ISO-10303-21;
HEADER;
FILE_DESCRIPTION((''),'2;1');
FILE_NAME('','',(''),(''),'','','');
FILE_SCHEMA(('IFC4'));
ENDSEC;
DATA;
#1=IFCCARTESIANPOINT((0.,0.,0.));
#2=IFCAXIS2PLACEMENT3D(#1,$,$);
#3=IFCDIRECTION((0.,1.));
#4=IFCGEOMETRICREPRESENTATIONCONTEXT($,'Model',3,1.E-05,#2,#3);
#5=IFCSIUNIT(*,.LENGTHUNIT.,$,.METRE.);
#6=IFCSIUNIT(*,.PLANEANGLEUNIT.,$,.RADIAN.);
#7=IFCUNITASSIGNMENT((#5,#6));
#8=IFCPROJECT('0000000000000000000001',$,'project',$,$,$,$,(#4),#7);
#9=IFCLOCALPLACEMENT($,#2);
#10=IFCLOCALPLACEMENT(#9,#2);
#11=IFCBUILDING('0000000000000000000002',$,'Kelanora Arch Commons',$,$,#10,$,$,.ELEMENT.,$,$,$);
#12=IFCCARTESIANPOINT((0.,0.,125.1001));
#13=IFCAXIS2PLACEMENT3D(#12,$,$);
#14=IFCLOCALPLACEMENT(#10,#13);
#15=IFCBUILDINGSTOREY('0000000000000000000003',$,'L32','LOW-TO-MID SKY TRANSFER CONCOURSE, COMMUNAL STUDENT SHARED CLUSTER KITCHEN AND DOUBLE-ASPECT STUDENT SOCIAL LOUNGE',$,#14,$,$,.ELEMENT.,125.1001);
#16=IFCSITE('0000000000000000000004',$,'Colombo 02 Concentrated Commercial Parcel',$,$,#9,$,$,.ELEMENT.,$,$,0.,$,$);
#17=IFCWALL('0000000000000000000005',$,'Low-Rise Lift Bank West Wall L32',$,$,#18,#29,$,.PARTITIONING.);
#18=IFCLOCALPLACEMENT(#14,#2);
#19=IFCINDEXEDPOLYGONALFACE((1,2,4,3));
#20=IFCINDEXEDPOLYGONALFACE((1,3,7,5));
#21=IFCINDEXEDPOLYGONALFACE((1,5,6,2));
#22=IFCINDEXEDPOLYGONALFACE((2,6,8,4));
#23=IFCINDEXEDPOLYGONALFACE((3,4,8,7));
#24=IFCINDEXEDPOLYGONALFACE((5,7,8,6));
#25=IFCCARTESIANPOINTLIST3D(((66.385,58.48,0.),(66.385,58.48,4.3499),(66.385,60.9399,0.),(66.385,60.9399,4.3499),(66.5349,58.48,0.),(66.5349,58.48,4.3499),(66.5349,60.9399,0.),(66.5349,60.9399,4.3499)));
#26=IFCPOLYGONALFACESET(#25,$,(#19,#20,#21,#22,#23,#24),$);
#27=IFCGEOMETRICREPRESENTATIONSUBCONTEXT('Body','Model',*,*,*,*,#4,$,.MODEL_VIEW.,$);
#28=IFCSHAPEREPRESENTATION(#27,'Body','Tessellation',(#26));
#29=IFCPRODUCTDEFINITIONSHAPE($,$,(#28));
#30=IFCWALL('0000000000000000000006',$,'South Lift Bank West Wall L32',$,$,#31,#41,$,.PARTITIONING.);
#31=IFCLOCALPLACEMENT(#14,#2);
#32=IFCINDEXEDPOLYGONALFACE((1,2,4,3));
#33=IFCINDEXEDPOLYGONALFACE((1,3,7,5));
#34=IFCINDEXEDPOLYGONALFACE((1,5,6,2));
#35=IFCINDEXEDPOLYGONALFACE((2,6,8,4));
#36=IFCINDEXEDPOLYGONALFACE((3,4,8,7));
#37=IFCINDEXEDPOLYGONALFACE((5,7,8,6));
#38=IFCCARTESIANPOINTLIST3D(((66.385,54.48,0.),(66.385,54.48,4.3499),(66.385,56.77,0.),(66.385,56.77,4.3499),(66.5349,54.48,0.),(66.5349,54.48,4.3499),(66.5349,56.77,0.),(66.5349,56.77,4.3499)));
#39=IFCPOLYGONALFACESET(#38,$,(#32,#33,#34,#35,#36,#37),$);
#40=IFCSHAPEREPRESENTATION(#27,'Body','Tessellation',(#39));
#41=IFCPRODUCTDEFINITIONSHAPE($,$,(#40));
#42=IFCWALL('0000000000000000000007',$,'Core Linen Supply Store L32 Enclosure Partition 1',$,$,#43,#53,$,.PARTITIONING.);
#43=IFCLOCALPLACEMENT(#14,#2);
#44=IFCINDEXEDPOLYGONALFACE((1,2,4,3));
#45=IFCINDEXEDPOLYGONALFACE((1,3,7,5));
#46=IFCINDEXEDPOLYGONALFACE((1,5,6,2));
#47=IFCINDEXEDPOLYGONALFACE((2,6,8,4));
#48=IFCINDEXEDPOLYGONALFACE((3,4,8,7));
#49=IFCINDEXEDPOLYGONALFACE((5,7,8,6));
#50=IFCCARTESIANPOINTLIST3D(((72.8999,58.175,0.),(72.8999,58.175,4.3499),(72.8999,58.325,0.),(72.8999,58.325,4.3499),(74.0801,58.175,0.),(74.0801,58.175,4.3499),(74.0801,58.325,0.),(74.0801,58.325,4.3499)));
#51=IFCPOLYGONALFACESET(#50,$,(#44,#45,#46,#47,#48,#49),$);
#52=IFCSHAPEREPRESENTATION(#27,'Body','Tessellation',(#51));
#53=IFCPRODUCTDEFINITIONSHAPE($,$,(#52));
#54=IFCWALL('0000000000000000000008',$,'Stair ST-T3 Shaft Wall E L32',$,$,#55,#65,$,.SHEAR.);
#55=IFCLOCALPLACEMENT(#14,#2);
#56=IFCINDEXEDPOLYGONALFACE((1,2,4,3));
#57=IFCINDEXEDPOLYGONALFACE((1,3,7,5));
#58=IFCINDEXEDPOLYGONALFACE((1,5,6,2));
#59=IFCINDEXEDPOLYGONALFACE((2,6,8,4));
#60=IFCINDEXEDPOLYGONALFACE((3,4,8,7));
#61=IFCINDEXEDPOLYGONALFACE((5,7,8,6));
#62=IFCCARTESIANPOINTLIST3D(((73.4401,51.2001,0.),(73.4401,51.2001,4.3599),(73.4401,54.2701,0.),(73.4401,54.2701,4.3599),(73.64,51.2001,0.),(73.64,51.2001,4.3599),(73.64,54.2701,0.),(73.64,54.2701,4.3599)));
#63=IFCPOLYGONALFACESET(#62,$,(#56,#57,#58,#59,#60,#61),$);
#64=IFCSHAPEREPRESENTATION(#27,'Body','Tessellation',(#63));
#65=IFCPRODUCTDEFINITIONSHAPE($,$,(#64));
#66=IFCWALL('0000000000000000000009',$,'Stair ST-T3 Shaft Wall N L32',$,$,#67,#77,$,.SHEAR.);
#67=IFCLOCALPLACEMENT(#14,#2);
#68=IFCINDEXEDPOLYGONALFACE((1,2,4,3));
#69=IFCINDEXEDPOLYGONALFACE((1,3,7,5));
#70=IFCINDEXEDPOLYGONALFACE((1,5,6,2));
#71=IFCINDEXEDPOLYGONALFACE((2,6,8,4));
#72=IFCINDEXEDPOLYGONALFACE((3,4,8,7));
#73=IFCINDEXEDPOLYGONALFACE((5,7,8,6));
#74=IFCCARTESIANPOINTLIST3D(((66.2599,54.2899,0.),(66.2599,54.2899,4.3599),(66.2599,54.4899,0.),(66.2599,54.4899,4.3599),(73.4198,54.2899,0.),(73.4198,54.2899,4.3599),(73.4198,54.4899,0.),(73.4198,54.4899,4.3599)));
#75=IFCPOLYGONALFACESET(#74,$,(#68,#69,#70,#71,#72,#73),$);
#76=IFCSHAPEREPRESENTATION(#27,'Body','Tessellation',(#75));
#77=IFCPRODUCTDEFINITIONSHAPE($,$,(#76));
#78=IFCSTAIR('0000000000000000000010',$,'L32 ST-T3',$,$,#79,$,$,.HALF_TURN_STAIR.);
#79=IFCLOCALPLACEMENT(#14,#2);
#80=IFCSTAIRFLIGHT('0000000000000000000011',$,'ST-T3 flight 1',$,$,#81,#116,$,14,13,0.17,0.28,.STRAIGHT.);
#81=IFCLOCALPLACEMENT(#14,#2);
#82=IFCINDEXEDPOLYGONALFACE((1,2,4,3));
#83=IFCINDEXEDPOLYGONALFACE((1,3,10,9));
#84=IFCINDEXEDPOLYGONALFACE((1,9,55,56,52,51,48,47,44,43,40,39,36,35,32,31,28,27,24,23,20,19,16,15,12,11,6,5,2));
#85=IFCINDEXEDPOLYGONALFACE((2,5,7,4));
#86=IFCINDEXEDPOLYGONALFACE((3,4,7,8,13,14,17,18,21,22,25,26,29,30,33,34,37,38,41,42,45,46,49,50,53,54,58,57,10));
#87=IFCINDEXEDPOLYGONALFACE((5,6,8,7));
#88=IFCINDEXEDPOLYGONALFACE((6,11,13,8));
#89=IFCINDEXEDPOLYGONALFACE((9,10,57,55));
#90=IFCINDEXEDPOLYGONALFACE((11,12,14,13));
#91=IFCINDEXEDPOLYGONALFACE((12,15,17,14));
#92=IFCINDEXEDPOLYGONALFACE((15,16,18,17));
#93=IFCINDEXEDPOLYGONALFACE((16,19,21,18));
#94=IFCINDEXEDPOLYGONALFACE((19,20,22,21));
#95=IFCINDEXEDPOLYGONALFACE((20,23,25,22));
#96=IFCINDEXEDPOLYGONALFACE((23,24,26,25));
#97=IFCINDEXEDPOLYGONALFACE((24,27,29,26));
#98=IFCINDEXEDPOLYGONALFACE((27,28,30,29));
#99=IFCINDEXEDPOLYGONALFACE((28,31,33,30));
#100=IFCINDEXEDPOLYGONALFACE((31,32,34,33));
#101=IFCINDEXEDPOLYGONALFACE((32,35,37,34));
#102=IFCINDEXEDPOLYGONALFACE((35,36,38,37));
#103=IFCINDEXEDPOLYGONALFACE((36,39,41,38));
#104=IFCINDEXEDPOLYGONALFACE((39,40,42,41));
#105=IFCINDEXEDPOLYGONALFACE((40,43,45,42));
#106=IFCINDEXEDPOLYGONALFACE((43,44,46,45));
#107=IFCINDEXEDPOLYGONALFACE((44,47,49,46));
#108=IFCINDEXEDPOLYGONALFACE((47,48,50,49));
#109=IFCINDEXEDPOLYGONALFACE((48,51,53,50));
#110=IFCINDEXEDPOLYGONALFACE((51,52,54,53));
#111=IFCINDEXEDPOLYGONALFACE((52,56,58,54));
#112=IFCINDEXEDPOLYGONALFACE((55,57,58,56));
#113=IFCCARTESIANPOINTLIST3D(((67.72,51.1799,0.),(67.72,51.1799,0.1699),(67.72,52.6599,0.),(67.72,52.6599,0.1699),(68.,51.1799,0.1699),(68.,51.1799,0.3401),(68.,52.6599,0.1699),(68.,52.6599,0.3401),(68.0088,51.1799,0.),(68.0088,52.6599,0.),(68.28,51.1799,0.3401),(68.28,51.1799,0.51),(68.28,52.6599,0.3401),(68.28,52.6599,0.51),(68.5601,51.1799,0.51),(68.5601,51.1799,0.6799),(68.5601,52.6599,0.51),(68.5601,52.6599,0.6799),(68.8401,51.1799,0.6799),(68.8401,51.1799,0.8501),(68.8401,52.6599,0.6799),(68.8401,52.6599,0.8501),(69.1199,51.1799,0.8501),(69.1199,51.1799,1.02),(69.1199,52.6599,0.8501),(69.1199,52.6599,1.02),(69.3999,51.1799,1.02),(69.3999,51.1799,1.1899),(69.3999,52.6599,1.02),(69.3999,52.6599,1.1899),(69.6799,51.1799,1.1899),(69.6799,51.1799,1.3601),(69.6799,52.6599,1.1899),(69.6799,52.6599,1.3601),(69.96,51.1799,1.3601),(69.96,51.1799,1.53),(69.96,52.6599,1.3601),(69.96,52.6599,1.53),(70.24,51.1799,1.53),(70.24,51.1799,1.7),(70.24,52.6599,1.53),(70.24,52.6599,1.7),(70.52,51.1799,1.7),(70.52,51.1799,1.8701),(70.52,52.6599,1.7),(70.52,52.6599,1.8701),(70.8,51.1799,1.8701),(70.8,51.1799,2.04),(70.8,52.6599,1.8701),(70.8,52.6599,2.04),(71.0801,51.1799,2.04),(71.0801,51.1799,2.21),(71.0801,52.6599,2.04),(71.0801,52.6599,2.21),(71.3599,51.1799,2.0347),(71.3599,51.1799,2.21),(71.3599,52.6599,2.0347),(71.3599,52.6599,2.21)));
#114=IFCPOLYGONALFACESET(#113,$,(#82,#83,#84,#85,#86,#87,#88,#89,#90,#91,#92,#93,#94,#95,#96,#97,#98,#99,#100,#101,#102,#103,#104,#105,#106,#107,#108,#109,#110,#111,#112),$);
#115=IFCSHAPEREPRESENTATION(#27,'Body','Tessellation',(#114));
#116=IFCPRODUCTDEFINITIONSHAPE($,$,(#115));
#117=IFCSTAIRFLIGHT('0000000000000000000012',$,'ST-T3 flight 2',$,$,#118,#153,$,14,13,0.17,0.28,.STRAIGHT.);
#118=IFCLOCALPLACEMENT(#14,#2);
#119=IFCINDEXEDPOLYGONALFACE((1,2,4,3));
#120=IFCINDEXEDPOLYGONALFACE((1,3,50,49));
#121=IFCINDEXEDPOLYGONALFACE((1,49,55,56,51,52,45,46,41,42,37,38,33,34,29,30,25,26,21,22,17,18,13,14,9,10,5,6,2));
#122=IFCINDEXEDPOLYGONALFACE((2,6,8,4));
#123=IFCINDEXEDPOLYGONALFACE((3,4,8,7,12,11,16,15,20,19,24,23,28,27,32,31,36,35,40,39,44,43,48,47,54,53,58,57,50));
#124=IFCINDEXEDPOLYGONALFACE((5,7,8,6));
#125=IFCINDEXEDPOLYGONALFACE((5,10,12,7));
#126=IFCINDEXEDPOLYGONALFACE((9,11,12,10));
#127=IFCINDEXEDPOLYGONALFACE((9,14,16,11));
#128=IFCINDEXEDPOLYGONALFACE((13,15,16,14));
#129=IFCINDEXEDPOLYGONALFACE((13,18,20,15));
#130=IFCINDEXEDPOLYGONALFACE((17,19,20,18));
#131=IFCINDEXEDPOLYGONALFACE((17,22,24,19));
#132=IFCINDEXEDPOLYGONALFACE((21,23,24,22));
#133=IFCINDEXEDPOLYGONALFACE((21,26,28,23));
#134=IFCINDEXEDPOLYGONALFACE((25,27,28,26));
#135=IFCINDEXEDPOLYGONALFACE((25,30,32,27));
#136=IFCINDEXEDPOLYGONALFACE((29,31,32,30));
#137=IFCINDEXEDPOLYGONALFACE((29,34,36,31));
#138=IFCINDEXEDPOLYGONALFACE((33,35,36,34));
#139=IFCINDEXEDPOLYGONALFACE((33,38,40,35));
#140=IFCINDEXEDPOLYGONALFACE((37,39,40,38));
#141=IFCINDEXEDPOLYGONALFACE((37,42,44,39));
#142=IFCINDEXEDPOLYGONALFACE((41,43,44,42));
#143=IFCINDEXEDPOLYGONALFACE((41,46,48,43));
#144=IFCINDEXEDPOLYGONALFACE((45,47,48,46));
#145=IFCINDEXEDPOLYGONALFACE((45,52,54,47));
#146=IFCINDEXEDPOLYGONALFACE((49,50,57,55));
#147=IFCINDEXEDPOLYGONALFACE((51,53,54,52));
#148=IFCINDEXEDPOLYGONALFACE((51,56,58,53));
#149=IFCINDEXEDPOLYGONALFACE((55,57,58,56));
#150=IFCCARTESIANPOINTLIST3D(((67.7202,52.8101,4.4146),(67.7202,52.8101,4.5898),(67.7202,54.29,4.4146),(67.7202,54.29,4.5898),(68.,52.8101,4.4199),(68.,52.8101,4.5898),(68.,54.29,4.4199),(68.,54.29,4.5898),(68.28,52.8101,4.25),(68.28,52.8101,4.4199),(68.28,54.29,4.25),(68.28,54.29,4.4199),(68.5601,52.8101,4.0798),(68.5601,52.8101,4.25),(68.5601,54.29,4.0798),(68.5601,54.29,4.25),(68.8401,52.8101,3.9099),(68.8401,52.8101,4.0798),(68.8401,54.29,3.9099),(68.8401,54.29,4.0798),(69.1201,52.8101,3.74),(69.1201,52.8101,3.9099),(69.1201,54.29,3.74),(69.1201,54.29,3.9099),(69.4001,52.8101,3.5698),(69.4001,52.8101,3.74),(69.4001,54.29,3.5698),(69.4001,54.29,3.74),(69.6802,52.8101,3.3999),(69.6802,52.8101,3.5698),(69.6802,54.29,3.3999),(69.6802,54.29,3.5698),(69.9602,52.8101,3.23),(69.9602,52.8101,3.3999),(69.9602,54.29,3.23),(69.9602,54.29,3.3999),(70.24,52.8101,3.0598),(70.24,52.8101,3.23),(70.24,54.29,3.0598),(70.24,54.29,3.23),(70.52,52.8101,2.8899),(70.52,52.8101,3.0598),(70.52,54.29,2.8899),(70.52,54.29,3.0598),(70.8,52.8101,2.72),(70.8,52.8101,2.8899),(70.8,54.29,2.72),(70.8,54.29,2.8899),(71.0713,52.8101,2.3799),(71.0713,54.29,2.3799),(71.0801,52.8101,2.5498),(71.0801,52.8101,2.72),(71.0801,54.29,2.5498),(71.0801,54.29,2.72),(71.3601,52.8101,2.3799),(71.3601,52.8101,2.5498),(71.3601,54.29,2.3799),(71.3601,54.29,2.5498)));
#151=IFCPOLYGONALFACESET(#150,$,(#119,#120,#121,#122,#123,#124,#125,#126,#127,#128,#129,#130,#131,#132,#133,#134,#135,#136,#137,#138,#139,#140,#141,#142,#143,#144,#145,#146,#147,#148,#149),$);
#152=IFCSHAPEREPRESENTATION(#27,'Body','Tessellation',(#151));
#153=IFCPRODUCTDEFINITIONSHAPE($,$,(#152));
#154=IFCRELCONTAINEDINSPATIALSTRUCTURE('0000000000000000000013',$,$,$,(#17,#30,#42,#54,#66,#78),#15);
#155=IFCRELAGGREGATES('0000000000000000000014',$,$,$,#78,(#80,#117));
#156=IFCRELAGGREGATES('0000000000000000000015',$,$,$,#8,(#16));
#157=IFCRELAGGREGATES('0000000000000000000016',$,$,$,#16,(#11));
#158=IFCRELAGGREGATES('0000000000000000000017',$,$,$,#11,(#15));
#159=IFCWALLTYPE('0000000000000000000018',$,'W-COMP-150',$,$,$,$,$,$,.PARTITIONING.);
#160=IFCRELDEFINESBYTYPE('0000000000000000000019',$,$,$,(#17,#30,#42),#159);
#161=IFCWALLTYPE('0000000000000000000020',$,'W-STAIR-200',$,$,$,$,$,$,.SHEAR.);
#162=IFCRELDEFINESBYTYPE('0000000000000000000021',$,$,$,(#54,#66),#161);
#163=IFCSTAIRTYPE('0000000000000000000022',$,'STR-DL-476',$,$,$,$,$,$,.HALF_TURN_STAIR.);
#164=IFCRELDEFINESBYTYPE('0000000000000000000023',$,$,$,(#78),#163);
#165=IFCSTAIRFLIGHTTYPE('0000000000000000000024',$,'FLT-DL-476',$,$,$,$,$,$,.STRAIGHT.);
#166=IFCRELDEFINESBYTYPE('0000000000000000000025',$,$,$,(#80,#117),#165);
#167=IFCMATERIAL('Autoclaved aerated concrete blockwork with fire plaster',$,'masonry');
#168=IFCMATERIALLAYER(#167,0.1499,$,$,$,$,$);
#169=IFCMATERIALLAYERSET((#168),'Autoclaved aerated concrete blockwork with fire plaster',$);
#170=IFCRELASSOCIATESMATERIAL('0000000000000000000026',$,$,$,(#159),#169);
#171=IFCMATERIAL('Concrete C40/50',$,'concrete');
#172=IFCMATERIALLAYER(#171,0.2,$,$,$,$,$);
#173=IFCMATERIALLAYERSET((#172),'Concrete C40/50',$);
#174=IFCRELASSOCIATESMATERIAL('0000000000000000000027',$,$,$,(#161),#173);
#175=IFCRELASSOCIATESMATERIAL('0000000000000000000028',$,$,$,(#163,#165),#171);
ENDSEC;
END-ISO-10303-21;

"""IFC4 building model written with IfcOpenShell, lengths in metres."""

from ifc_helpers import new_model, si_unit, direction, frame, frame_2d, origin, place, context, subcontext, project, spatial, polyline, rectangle, outline, extrude, material, layer, layer_set, type_object, element, aggregate, save


model = new_model("IFC4")

# Units and contexts
model_context = context("Model", 3, precision=1e-05, world=origin(), true_north=direction((0.0, 1.0)))
body_context = subcontext(model_context, "Body", "Model", "MODEL_VIEW")
ifc_project = project(units=[si_unit("LENGTHUNIT", "METRE"), si_unit("PLANEANGLEUNIT", "RADIAN")], contexts=[model_context])

# Site, building, storey
site_placement = place(None, origin())
site = spatial("IfcSite", under=ifc_project, at=site_placement, Name="Colombo 02 Concentrated Commercial Parcel", CompositionType="ELEMENT", RefElevation=0.0)
building_placement = place(site_placement, origin())
building = spatial("IfcBuilding", under=site, at=building_placement, Name="Kelanora Arch Commons", CompositionType="ELEMENT")
storey_placement = place(building_placement, frame((0.0, 0.0, 125.1001)))
storey = spatial("IfcBuildingStorey", under=building, at=storey_placement, Name="L32", Description="LOW-TO-MID SKY TRANSFER CONCOURSE, COMMUNAL STUDENT SHARED CLUSTER KITCHEN AND DOUBLE-ASPECT STUDENT SOCIAL LOUNGE", CompositionType="ELEMENT", Elevation=125.1001)

# Walls
ifc_material_1 = material(Name="Autoclaved aerated concrete blockwork with fire plaster", Category="masonry")
ifc_layer_1 = layer(ifc_material_1, 0.1499)
ifc_layer_set_1 = layer_set([ifc_layer_1], Name="Autoclaved aerated concrete blockwork with fire plaster")
wall_type_1 = type_object("IfcWallType", Name="W-COMP-150", PredefinedType="PARTITIONING", material=ifc_layer_set_1)
wall_1_placement = place(storey_placement, frame((66.46, 58.48, 0.0), z_axis=(0.0, 0.0, 1.0), x_axis=(0.0, 1.0, 0.0)))
element("IfcWall", 1, at=wall_1_placement, inside=storey, type_object=wall_type_1, Name="Low-Rise Lift Bank West Wall L32", PredefinedType="PARTITIONING", context=body_context, shape_type="SweptSolid", body=[
    extrude(rectangle(XDim=2.46, YDim=0.1499, at=frame_2d((1.23, 0.0))), origin(), (0.0, 0.0, 1.0), 4.3499),
])
wall_2_placement = place(storey_placement, frame((66.46, 54.48, 0.0), z_axis=(0.0, 0.0, 1.0), x_axis=(0.0, 1.0, 0.0)))
element("IfcWall", 2, at=wall_2_placement, inside=storey, type_object=wall_type_1, Name="South Lift Bank West Wall L32", PredefinedType="PARTITIONING", context=body_context, shape_type="SweptSolid", body=[
    extrude(rectangle(XDim=2.29, YDim=0.1499, at=frame_2d((1.145, 0.0))), origin(), (0.0, 0.0, 1.0), 4.3499),
])
wall_3_placement = place(storey_placement, frame((72.8999, 58.25, 0.0), z_axis=(0.0, 0.0, 1.0), x_axis=(1.0, 0.0, 0.0)))
element("IfcWall", 3, at=wall_3_placement, inside=storey, type_object=wall_type_1, Name="Core Linen Supply Store L32 Enclosure Partition 1", PredefinedType="PARTITIONING", context=body_context, shape_type="SweptSolid", body=[
    extrude(rectangle(XDim=1.1802, YDim=0.1499, at=frame_2d((0.5901, 0.0))), origin(), (0.0, 0.0, 1.0), 4.3499),
])
ifc_material_2 = material(Name="Concrete C40/50", Category="concrete")
ifc_layer_2 = layer(ifc_material_2, 0.2)
ifc_layer_set_2 = layer_set([ifc_layer_2], Name="Concrete C40/50")
wall_type_2 = type_object("IfcWallType", Name="W-STAIR-200", PredefinedType="SHEAR", material=ifc_layer_set_2)
wall_4_placement = place(storey_placement, frame((73.54, 51.2, 0.0), z_axis=(0.0, 0.0, 1.0), x_axis=(0.0, 1.0, 0.0)))
element("IfcWall", 4, at=wall_4_placement, inside=storey, type_object=wall_type_2, Name="Stair ST-T3 Shaft Wall E L32", PredefinedType="SHEAR", context=body_context, shape_type="SweptSolid", body=[
    extrude(rectangle(XDim=3.0701, YDim=0.2, at=frame_2d((1.5352, 0.0))), origin(), (0.0, 0.0, 1.0), 4.3599),
])
wall_5_placement = place(storey_placement, frame((73.4199, 54.3899, 0.0), z_axis=(0.0, 0.0, 1.0), x_axis=(-1.0, 0.0, 0.0)))
element("IfcWall", 5, at=wall_5_placement, inside=storey, type_object=wall_type_2, Name="Stair ST-T3 Shaft Wall N L32", PredefinedType="SHEAR", context=body_context, shape_type="SweptSolid", body=[
    extrude(rectangle(XDim=7.1599, YDim=0.2, at=frame_2d((3.5801, 0.0))), origin(), (0.0, 0.0, 1.0), 4.3599),
])

# Stair, stair flights
stair_type = type_object("IfcStairType", Name="STR-DL-476", PredefinedType="HALF_TURN_STAIR", material=ifc_material_2)
stair_placement = place(storey_placement, origin())
stair = element("IfcStair", 6, at=stair_placement, inside=storey, type_object=stair_type, Name="L32 ST-T3", PredefinedType="HALF_TURN_STAIR")
stair_flight_type = type_object("IfcStairFlightType", Name="FLT-DL-476", PredefinedType="STRAIGHT", material=ifc_material_2)
stair_flight_1_placement = place(storey_placement, frame((67.72, 51.9199, 0.0), z_axis=(0.0, 0.0, 1.0), x_axis=(1.0, 0.0, 0.0)))
stair_flight_1 = element("IfcStairFlight", 7, at=stair_flight_1_placement, type_object=stair_flight_type, Name="ST-T3 flight 1", NumberOfRisers=14, NumberOfTreads=13, PredefinedType="STRAIGHT", RiserHeight=0.17, TreadLength=0.28, context=body_context, shape_type="SweptSolid", body=[
    extrude(outline(polyline([(0.0, 0.0), (0.0, 0.1699), (0.28, 0.1699), (0.28, 0.3401), (0.5601, 0.3401), (0.5601, 0.51), (0.8401, 0.51), (0.8401, 0.6799), (1.1201, 0.6799), (1.1201, 0.8501), (1.3999, 0.8501), (1.3999, 1.02), (1.6799, 1.02), (1.6799, 1.1899), (1.96, 1.1899), (1.96, 1.3601), (2.24, 1.3601), (2.24, 1.53), (2.52, 1.53), (2.52, 1.7), (2.8, 1.7), (2.8, 1.8701), (3.0801, 1.8701), (3.0801, 2.04), (3.3601, 2.04), (3.3601, 2.21), (3.6399, 2.21), (3.6399, 2.3799), (3.6399, 2.0347), (0.2888, 0.0), (0.0, 0.0)])), frame((0.0, 0.74, 0.0), z_axis=(0.0, -1.0, 0.0), x_axis=(1.0, 0.0, 0.0)), (0.0, 0.0, 1.0), 1.48),
])
stair_flight_2_placement = place(storey_placement, frame((71.3601, 53.55, 2.3799), z_axis=(0.0, 0.0, 1.0), x_axis=(-1.0, 0.0, 0.0)))
stair_flight_2 = element("IfcStairFlight", 8, at=stair_flight_2_placement, type_object=stair_flight_type, Name="ST-T3 flight 2", NumberOfRisers=14, NumberOfTreads=13, PredefinedType="STRAIGHT", RiserHeight=0.17, TreadLength=0.28, context=body_context, shape_type="SweptSolid", body=[
    extrude(outline(polyline([(0.0, 0.0), (0.0, 0.1699), (0.28, 0.1699), (0.28, 0.3401), (0.5601, 0.3401), (0.5601, 0.51), (0.8401, 0.51), (0.8401, 0.6799), (1.1201, 0.6799), (1.1201, 0.8501), (1.3999, 0.8501), (1.3999, 1.02), (1.6799, 1.02), (1.6799, 1.1899), (1.96, 1.1899), (1.96, 1.3601), (2.24, 1.3601), (2.24, 1.53), (2.52, 1.53), (2.52, 1.7), (2.8, 1.7), (2.8, 1.8701), (3.0801, 1.8701), (3.0801, 2.04), (3.3601, 2.04), (3.3601, 2.21), (3.6399, 2.21), (3.6399, 2.3799), (3.6399, 2.0347), (0.2888, 0.0), (0.0, 0.0)])), frame((0.0, 0.74, 0.0), z_axis=(0.0, -1.0, 0.0), x_axis=(1.0, 0.0, 0.0)), (0.0, 0.0, 1.0), 1.48),
])
aggregate(stair, [stair_flight_1, stair_flight_2])

save(model, "model.ifc")
